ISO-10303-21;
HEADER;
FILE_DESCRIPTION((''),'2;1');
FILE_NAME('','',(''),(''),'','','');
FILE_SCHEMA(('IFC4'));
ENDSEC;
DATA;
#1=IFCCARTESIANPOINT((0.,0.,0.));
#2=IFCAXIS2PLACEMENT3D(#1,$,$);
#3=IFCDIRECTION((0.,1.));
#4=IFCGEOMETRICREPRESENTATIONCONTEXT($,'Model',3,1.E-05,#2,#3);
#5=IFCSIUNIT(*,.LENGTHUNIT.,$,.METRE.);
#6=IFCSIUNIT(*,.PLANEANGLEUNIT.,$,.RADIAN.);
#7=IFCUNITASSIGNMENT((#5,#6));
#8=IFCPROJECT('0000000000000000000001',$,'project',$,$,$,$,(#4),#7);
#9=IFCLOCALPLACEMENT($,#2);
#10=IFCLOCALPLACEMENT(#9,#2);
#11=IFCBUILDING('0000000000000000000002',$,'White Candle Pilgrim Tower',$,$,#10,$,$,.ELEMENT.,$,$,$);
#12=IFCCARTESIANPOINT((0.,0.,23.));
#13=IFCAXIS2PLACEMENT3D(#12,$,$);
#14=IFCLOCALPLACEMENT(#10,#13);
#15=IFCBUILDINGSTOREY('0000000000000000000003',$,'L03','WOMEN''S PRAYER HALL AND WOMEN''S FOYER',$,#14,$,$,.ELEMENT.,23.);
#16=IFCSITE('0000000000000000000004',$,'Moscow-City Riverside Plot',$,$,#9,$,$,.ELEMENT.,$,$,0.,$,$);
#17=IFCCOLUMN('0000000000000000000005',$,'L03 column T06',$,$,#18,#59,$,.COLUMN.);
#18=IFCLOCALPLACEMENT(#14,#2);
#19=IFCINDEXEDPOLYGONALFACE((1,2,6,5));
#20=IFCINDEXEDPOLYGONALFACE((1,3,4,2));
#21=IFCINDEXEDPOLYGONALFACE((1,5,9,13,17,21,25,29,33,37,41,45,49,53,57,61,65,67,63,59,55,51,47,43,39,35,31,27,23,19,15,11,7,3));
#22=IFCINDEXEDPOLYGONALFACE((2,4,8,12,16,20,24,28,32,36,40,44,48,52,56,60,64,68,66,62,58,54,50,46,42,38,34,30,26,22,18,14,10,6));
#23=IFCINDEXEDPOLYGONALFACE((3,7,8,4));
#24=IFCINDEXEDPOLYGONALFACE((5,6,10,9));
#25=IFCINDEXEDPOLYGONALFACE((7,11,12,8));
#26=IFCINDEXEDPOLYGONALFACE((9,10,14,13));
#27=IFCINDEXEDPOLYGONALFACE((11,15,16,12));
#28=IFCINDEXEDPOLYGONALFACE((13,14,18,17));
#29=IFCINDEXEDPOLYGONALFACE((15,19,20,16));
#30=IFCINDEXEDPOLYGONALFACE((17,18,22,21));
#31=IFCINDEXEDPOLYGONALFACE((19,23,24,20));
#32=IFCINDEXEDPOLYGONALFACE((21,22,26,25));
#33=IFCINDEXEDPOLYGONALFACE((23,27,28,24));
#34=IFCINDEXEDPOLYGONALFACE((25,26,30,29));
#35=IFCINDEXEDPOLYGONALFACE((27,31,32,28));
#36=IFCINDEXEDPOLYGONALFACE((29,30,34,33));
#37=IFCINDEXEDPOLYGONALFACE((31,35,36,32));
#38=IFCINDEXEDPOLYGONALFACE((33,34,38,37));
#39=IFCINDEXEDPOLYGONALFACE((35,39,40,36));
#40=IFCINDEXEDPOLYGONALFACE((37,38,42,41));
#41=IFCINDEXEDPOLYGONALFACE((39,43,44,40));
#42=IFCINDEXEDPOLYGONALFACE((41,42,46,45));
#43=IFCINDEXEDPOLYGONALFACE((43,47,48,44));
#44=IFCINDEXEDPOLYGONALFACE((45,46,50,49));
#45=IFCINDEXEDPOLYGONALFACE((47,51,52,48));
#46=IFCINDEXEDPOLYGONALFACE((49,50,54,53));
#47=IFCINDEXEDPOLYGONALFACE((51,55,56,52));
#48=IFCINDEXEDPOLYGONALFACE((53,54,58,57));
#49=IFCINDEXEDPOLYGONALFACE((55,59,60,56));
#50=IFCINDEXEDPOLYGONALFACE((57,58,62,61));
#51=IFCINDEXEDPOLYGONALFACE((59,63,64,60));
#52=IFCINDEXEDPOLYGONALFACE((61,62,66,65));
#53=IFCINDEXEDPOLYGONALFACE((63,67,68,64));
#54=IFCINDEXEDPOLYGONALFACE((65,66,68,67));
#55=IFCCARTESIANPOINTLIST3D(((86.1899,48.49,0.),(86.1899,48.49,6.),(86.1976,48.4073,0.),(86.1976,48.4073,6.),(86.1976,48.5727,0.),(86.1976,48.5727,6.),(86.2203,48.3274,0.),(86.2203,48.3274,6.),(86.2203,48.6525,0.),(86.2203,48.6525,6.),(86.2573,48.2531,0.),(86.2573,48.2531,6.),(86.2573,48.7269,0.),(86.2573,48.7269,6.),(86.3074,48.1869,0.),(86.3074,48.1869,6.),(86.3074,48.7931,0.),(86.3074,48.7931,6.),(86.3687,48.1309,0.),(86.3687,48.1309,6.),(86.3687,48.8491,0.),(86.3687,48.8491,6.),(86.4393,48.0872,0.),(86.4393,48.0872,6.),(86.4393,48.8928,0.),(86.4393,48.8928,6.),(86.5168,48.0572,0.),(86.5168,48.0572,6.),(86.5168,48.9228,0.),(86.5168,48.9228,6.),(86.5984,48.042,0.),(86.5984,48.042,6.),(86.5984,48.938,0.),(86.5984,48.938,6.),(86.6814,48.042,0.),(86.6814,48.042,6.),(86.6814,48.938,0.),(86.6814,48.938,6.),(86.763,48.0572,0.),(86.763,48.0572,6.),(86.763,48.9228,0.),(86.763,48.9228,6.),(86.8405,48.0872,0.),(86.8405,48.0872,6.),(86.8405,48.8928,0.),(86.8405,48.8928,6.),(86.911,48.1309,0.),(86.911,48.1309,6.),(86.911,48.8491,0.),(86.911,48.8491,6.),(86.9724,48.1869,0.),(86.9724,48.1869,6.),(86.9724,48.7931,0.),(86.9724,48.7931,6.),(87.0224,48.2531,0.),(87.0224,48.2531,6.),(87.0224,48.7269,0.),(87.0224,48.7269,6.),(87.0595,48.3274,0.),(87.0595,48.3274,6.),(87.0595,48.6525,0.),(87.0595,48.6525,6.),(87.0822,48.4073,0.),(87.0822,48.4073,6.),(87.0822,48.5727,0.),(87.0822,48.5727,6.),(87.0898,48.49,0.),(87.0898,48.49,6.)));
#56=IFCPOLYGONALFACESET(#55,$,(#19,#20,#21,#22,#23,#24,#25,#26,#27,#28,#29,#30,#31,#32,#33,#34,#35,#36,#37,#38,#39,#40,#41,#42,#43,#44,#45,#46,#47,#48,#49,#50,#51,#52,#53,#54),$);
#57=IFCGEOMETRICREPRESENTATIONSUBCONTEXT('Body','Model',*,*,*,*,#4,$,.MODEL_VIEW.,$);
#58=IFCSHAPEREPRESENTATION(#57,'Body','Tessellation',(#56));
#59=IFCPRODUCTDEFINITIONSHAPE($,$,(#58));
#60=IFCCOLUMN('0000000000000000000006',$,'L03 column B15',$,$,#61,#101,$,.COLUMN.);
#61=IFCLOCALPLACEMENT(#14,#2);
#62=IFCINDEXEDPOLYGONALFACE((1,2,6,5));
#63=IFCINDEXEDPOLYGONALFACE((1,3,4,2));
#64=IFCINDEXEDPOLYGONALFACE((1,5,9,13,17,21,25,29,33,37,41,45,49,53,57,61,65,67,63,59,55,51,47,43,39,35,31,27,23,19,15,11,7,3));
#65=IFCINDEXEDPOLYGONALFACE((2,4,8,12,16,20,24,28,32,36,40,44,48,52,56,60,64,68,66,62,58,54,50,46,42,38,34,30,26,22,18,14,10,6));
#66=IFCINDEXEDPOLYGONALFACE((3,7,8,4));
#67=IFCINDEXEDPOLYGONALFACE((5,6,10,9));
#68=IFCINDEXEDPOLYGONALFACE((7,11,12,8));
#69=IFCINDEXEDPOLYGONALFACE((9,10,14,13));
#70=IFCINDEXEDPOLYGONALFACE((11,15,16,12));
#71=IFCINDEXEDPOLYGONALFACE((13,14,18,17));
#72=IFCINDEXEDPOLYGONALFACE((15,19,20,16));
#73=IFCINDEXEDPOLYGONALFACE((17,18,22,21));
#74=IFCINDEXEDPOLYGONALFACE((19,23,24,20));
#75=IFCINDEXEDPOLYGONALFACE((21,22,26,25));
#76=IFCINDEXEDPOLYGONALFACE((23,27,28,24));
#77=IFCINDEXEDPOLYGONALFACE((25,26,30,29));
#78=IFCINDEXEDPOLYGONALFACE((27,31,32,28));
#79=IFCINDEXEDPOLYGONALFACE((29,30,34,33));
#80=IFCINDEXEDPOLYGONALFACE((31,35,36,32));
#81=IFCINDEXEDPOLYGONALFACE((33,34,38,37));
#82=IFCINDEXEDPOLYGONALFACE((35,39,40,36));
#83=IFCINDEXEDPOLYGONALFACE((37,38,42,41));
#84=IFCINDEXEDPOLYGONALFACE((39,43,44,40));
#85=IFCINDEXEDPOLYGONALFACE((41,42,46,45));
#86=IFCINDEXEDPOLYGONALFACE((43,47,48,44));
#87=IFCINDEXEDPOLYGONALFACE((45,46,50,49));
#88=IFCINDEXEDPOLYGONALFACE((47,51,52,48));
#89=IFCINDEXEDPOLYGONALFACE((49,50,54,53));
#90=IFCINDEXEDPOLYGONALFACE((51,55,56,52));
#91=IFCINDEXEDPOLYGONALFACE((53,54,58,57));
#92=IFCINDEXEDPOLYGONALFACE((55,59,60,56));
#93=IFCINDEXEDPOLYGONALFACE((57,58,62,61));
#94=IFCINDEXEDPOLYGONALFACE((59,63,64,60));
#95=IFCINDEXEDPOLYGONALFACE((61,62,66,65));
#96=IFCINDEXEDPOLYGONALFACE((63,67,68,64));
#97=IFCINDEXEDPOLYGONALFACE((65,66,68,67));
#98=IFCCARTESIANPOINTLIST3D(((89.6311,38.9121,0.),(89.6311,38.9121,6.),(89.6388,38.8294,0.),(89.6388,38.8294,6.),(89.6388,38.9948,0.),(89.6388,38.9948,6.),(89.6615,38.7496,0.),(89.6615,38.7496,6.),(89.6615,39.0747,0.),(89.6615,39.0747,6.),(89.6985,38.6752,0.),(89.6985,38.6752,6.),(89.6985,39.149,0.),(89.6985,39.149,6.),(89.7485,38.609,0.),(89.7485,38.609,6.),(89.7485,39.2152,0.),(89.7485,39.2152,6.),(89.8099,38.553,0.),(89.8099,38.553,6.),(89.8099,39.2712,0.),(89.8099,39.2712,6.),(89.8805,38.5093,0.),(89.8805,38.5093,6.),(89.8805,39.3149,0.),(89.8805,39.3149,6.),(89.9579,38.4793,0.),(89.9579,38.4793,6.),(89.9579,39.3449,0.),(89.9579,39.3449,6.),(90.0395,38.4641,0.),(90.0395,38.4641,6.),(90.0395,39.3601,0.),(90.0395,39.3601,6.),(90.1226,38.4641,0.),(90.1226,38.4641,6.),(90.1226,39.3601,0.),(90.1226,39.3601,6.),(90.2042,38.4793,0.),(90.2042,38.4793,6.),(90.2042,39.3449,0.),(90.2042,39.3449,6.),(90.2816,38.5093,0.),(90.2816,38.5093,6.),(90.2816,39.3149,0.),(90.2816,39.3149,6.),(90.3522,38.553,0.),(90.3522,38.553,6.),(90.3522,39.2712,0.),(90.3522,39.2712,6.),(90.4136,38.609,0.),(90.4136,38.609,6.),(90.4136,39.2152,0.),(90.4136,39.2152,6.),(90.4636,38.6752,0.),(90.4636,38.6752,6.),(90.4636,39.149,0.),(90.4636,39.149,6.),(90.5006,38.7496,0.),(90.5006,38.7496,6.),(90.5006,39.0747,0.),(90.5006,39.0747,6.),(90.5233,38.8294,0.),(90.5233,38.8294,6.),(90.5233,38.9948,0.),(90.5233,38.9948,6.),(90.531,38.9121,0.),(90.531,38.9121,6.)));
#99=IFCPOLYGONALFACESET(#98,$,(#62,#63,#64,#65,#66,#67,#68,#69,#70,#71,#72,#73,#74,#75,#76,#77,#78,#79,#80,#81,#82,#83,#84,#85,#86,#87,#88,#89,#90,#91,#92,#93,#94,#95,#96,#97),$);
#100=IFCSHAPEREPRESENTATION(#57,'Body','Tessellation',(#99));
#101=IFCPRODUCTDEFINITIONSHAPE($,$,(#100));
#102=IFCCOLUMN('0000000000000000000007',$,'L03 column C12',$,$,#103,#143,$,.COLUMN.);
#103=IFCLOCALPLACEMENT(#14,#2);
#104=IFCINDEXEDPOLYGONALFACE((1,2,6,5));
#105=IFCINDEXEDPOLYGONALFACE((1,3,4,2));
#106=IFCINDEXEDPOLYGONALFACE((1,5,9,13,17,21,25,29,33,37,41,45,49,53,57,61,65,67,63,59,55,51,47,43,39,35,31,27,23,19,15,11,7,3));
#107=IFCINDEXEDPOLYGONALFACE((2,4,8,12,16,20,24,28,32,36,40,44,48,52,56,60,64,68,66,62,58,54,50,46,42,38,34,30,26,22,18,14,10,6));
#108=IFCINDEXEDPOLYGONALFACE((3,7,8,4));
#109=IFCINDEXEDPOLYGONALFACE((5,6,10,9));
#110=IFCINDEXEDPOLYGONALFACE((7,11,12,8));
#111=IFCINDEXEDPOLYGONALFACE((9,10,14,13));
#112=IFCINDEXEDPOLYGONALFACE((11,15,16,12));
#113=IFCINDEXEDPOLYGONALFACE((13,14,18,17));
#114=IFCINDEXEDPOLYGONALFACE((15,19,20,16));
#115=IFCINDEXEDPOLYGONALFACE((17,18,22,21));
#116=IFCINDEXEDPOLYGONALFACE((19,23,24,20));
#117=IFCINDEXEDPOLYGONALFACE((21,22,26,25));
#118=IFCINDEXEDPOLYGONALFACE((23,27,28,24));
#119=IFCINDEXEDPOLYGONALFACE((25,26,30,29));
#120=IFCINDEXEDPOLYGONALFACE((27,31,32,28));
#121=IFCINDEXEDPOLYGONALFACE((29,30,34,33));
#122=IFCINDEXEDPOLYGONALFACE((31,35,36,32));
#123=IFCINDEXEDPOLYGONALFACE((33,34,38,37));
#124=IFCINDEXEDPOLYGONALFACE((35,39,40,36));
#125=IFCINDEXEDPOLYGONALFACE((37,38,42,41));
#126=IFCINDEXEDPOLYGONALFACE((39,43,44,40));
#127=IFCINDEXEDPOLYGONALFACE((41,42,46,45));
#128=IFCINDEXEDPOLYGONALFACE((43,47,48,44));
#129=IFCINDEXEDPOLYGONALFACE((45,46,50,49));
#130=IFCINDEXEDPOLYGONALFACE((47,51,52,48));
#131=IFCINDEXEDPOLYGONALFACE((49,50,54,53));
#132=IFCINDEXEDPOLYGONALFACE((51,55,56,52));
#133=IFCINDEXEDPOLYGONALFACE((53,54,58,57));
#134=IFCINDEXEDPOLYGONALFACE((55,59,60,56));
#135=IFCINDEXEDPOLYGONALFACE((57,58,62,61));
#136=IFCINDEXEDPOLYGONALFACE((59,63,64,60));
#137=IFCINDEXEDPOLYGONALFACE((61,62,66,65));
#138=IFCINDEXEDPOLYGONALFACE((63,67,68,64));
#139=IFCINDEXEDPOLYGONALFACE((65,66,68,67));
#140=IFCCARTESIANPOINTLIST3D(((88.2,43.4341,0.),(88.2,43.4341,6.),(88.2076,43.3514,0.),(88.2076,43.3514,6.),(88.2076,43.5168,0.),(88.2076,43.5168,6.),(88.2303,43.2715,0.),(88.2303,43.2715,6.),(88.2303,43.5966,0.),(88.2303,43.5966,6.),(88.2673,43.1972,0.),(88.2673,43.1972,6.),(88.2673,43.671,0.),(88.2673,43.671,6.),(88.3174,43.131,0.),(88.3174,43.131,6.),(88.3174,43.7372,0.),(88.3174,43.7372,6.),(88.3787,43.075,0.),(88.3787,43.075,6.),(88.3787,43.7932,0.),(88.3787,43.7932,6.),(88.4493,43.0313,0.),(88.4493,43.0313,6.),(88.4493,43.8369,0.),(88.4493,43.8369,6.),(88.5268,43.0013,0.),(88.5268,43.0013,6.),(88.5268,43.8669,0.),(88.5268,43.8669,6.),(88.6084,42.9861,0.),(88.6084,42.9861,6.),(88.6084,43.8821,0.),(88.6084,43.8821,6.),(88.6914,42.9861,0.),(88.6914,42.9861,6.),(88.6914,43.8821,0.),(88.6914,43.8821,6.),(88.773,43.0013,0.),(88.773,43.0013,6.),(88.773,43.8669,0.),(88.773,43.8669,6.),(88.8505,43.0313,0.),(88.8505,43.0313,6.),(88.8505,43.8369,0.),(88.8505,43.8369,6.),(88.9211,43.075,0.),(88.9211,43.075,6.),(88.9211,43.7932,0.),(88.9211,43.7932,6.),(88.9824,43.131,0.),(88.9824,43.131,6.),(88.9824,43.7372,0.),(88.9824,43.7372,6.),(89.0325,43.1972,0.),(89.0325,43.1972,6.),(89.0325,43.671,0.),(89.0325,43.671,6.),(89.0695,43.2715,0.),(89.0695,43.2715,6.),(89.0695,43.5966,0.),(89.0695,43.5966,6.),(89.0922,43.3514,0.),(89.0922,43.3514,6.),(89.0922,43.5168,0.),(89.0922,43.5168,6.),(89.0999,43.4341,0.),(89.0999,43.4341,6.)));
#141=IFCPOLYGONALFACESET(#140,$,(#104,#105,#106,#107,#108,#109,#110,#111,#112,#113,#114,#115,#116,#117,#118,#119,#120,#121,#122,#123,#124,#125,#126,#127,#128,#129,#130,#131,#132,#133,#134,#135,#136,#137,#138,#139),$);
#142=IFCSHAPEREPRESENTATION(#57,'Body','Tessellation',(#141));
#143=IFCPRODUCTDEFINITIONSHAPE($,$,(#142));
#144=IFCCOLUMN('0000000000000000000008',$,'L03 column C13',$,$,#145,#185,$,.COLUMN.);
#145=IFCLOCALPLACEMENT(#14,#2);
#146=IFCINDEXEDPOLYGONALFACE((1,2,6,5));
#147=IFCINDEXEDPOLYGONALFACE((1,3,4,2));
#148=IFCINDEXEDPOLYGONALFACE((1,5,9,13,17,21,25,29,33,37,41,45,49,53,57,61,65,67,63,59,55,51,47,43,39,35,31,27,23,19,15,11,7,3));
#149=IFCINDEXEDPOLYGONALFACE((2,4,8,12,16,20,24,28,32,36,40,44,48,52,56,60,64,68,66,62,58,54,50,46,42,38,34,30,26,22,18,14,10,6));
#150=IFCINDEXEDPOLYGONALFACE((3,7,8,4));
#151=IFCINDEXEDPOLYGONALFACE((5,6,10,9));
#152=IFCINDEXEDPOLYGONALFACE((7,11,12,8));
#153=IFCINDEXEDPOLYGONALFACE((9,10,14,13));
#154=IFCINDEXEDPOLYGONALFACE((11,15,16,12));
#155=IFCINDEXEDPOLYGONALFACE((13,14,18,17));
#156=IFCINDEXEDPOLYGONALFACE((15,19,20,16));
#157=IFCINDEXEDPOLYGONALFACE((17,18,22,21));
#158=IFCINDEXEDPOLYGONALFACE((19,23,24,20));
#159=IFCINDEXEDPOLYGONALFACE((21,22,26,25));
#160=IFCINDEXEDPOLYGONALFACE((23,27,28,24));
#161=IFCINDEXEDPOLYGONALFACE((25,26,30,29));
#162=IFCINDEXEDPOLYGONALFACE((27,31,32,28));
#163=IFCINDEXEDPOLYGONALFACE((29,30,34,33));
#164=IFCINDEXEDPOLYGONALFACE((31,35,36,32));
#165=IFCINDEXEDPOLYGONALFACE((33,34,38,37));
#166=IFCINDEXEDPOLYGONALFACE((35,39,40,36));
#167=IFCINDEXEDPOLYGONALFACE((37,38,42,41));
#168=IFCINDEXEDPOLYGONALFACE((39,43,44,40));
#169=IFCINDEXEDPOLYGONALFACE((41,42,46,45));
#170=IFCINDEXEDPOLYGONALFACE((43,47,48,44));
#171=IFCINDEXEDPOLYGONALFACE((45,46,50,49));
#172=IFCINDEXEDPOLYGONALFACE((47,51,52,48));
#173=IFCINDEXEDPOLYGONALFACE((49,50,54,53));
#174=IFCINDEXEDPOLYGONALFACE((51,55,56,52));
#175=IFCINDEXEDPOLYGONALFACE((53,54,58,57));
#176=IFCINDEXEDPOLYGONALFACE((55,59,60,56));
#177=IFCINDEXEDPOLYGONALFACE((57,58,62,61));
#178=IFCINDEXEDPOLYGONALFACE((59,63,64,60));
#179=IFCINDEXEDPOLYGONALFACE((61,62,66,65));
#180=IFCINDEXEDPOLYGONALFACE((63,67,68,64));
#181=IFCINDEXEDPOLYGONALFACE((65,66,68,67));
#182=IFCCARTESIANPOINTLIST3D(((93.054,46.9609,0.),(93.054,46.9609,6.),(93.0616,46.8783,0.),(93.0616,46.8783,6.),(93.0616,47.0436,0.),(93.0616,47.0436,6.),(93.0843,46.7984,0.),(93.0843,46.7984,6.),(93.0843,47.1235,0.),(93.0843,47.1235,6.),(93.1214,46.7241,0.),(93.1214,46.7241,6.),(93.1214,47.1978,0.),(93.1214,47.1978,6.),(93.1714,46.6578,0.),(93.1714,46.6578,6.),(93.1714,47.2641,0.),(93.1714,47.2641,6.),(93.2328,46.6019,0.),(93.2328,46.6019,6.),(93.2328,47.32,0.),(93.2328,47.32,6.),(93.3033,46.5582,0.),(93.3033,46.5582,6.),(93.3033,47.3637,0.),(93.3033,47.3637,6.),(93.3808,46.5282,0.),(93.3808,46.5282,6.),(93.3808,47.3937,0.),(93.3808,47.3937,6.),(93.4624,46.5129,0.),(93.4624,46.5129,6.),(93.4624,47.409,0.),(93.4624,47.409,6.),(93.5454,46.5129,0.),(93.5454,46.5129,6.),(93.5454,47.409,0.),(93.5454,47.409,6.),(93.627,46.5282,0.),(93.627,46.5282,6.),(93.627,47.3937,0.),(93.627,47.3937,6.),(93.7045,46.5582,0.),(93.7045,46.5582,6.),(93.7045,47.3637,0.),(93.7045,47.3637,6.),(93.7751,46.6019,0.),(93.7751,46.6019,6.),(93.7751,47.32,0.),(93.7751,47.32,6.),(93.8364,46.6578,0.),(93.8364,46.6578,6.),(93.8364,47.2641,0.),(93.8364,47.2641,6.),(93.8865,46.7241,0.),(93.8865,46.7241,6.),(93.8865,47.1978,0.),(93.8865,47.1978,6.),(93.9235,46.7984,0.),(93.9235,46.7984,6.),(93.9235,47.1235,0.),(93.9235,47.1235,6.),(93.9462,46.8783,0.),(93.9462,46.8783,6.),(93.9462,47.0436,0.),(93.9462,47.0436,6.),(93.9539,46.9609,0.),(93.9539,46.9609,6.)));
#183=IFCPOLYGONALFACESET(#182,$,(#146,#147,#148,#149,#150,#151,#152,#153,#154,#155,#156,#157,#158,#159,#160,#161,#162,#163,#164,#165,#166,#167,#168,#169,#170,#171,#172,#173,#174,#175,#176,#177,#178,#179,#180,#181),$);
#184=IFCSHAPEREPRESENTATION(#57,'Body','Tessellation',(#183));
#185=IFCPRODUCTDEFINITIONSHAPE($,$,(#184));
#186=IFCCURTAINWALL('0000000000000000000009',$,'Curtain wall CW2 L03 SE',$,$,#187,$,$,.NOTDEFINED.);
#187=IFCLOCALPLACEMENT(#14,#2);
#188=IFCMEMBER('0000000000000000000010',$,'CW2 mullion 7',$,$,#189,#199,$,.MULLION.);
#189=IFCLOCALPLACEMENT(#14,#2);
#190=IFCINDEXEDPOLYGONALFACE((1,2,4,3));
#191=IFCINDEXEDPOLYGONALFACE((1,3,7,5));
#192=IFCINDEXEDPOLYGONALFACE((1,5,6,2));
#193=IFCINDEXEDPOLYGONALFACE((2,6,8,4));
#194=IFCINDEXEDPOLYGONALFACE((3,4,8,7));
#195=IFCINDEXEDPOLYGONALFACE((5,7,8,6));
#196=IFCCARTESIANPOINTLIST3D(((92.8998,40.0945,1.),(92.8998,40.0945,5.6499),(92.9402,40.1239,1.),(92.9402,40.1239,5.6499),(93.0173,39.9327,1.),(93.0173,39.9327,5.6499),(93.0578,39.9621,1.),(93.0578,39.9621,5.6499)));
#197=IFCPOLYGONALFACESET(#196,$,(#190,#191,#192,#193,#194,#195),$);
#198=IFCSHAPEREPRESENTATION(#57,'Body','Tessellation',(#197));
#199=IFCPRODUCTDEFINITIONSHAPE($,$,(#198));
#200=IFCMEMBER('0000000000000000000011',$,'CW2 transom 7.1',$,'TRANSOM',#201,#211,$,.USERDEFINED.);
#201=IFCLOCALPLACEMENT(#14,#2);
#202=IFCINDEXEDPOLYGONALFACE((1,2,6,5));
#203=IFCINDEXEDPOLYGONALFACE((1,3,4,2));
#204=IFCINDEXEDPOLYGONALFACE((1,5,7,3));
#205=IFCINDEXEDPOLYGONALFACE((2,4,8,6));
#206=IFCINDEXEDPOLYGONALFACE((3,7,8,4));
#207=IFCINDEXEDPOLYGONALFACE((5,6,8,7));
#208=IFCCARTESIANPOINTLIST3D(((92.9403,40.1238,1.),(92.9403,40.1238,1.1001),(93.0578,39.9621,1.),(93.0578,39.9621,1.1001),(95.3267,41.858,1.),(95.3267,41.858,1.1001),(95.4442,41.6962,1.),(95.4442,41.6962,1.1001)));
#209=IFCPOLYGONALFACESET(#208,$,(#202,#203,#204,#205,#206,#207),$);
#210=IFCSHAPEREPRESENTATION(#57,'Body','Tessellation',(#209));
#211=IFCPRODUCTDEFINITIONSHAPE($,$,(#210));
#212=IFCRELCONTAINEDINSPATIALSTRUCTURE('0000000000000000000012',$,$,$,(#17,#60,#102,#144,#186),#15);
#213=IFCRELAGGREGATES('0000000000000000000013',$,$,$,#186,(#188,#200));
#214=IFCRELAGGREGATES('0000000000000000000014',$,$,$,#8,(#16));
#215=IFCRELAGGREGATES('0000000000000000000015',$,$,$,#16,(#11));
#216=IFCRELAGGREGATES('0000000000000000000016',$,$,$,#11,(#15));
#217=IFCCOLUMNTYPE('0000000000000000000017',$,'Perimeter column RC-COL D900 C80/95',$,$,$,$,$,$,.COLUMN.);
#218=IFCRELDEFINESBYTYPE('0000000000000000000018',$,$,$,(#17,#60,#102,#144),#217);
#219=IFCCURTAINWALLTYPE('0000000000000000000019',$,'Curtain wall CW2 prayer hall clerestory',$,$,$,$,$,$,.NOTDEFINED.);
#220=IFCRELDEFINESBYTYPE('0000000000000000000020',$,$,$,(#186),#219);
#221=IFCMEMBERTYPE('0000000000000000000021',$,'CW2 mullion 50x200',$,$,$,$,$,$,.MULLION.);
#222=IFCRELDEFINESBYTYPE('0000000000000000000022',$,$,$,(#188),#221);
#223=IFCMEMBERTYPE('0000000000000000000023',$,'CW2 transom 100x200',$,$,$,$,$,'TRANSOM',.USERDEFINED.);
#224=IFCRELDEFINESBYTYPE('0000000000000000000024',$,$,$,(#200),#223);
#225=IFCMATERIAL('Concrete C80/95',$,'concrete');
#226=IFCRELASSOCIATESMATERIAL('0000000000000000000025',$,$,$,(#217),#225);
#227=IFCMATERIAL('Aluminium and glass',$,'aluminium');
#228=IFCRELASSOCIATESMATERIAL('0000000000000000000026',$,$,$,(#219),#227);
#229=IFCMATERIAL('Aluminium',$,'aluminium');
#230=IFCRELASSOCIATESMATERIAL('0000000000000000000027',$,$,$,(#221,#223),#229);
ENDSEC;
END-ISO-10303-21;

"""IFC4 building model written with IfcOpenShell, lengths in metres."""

from ifc_helpers import new_model, si_unit, direction, frame, origin, origin_2d, place, context, subcontext, project, spatial, rectangle, circle, extrude, material, material_profile, profile_set, type_object, element, aggregate, save


model = new_model("IFC4")

# Units and contexts
model_context = context("Model", 3, precision=1e-05, world=origin(), true_north=direction((0.0, 1.0)))
body_context = subcontext(model_context, "Body", "Model", "MODEL_VIEW")
ifc_project = project(units=[si_unit("LENGTHUNIT", "METRE"), si_unit("PLANEANGLEUNIT", "RADIAN")], contexts=[model_context])

# Site, building, storey
site_placement = place(None, origin())
site = spatial("IfcSite", under=ifc_project, at=site_placement, Name="Moscow-City Riverside Plot", CompositionType="ELEMENT", RefElevation=0.0)
building_placement = place(site_placement, origin())
building = spatial("IfcBuilding", under=site, at=building_placement, Name="White Candle Pilgrim Tower", CompositionType="ELEMENT")
storey_placement = place(building_placement, frame((0.0, 0.0, 23.0)))
storey = spatial("IfcBuildingStorey", under=building, at=storey_placement, Name="L03", Description="WOMEN'S PRAYER HALL AND WOMEN'S FOYER", CompositionType="ELEMENT", Elevation=23.0)

# Columns
ifc_material_1 = material(Name="Concrete C80/95", Category="concrete")
ifc_material_profile_1 = material_profile(ifc_material_1, circle(Radius=0.45, at=origin_2d()), Name="RC-COL D900")
ifc_profile_set_1 = profile_set([ifc_material_profile_1], Name="Concrete C80/95")
column_type = type_object("IfcColumnType", Name="Perimeter column RC-COL D900 C80/95", PredefinedType="COLUMN", material=ifc_profile_set_1)
for number, where, z_axis, x_axis, name in (
    (1, (86.6399, 48.49, 0.0), (0.0, 0.0, 1.0), (1.0, 0.0, 0.0), "L03 column T06"),
    (2, (90.0811, 38.9121, 0.0), (0.0, 0.0, 1.0), (1.0, 0.0, 0.0), "L03 column B15"),
    (3, (88.6499, 43.4341, 0.0), (0.0, 0.0, 1.0), (1.0, 0.0, 0.0), "L03 column C12"),
    (4, (93.5039, 46.9609, 0.0), (0.0, 0.0, 1.0), (1.0, 0.0, 0.0), "L03 column C13"),
):
    element("IfcColumn", number, at=place(storey_placement, frame(where, z_axis=z_axis, x_axis=x_axis)), inside=storey, type_object=column_type, Name=name, PredefinedType="COLUMN", context=body_context, shape_type="SweptSolid", body=[
        extrude(circle(Radius=0.45, at=origin_2d()), origin(), (0.0, 0.0, 1.0), 6.0),
    ])

# Curtain wall, members
ifc_material_2 = material(Name="Aluminium and glass", Category="aluminium")
curtain_wall_type = type_object("IfcCurtainWallType", Name="Curtain wall CW2 prayer hall clerestory", PredefinedType="NOTDEFINED", material=ifc_material_2)
curtain_wall_placement = place(storey_placement, origin())
curtain_wall = element("IfcCurtainWall", 5, at=curtain_wall_placement, inside=storey, type_object=curtain_wall_type, Name="Curtain wall CW2 L03 SE", PredefinedType="NOTDEFINED")
ifc_material_3 = material(Name="Aluminium", Category="aluminium")
ifc_material_profile_2 = material_profile(ifc_material_3, rectangle(XDim=0.2, YDim=0.05, at=origin_2d()), Name="CW2 mullion 50x200")
ifc_profile_set_2 = profile_set([ifc_material_profile_2], Name="Aluminium")
member_type_1 = type_object("IfcMemberType", Name="CW2 mullion 50x200", PredefinedType="MULLION", material=ifc_profile_set_2)
member_1_placement = place(storey_placement, frame((92.9788, 40.0283, 1.0), z_axis=(0.0, 0.0, 1.0), x_axis=(-0.587785, 0.809017, 0.0)))
member_1 = element("IfcMember", 6, at=member_1_placement, type_object=member_type_1, Name="CW2 mullion 7", PredefinedType="MULLION", context=body_context, shape_type="SweptSolid", body=[
    extrude(rectangle(XDim=0.2, YDim=0.05, at=origin_2d()), origin(), (0.0, 0.0, 1.0), 4.6499),
])
ifc_material_profile_3 = material_profile(ifc_material_3, rectangle(XDim=0.2, YDim=0.1001, at=origin_2d()), Name="CW2 transom 100x200")
ifc_profile_set_3 = profile_set([ifc_material_profile_3], Name="Aluminium")
member_type_2 = type_object("IfcMemberType", Name="CW2 transom 100x200", ElementType="TRANSOM", PredefinedType="USERDEFINED", material=ifc_profile_set_3)
member_2_placement = place(storey_placement, frame((92.999, 40.043, 1.05), z_axis=(0.808976, 0.587842, 0.0), x_axis=(-0.587842, 0.808976, 0.0)))
member_2 = element("IfcMember", 7, at=member_2_placement, type_object=member_type_2, Name="CW2 transom 7.1", ObjectType="TRANSOM", PredefinedType="USERDEFINED", context=body_context, shape_type="SweptSolid", body=[
    extrude(rectangle(XDim=0.2, YDim=0.1001, at=origin_2d()), origin(), (0.0, 0.0, 1.0), 2.95),
])

aggregate(curtain_wall, [member_1, member_2])

save(model, "model.ifc")
